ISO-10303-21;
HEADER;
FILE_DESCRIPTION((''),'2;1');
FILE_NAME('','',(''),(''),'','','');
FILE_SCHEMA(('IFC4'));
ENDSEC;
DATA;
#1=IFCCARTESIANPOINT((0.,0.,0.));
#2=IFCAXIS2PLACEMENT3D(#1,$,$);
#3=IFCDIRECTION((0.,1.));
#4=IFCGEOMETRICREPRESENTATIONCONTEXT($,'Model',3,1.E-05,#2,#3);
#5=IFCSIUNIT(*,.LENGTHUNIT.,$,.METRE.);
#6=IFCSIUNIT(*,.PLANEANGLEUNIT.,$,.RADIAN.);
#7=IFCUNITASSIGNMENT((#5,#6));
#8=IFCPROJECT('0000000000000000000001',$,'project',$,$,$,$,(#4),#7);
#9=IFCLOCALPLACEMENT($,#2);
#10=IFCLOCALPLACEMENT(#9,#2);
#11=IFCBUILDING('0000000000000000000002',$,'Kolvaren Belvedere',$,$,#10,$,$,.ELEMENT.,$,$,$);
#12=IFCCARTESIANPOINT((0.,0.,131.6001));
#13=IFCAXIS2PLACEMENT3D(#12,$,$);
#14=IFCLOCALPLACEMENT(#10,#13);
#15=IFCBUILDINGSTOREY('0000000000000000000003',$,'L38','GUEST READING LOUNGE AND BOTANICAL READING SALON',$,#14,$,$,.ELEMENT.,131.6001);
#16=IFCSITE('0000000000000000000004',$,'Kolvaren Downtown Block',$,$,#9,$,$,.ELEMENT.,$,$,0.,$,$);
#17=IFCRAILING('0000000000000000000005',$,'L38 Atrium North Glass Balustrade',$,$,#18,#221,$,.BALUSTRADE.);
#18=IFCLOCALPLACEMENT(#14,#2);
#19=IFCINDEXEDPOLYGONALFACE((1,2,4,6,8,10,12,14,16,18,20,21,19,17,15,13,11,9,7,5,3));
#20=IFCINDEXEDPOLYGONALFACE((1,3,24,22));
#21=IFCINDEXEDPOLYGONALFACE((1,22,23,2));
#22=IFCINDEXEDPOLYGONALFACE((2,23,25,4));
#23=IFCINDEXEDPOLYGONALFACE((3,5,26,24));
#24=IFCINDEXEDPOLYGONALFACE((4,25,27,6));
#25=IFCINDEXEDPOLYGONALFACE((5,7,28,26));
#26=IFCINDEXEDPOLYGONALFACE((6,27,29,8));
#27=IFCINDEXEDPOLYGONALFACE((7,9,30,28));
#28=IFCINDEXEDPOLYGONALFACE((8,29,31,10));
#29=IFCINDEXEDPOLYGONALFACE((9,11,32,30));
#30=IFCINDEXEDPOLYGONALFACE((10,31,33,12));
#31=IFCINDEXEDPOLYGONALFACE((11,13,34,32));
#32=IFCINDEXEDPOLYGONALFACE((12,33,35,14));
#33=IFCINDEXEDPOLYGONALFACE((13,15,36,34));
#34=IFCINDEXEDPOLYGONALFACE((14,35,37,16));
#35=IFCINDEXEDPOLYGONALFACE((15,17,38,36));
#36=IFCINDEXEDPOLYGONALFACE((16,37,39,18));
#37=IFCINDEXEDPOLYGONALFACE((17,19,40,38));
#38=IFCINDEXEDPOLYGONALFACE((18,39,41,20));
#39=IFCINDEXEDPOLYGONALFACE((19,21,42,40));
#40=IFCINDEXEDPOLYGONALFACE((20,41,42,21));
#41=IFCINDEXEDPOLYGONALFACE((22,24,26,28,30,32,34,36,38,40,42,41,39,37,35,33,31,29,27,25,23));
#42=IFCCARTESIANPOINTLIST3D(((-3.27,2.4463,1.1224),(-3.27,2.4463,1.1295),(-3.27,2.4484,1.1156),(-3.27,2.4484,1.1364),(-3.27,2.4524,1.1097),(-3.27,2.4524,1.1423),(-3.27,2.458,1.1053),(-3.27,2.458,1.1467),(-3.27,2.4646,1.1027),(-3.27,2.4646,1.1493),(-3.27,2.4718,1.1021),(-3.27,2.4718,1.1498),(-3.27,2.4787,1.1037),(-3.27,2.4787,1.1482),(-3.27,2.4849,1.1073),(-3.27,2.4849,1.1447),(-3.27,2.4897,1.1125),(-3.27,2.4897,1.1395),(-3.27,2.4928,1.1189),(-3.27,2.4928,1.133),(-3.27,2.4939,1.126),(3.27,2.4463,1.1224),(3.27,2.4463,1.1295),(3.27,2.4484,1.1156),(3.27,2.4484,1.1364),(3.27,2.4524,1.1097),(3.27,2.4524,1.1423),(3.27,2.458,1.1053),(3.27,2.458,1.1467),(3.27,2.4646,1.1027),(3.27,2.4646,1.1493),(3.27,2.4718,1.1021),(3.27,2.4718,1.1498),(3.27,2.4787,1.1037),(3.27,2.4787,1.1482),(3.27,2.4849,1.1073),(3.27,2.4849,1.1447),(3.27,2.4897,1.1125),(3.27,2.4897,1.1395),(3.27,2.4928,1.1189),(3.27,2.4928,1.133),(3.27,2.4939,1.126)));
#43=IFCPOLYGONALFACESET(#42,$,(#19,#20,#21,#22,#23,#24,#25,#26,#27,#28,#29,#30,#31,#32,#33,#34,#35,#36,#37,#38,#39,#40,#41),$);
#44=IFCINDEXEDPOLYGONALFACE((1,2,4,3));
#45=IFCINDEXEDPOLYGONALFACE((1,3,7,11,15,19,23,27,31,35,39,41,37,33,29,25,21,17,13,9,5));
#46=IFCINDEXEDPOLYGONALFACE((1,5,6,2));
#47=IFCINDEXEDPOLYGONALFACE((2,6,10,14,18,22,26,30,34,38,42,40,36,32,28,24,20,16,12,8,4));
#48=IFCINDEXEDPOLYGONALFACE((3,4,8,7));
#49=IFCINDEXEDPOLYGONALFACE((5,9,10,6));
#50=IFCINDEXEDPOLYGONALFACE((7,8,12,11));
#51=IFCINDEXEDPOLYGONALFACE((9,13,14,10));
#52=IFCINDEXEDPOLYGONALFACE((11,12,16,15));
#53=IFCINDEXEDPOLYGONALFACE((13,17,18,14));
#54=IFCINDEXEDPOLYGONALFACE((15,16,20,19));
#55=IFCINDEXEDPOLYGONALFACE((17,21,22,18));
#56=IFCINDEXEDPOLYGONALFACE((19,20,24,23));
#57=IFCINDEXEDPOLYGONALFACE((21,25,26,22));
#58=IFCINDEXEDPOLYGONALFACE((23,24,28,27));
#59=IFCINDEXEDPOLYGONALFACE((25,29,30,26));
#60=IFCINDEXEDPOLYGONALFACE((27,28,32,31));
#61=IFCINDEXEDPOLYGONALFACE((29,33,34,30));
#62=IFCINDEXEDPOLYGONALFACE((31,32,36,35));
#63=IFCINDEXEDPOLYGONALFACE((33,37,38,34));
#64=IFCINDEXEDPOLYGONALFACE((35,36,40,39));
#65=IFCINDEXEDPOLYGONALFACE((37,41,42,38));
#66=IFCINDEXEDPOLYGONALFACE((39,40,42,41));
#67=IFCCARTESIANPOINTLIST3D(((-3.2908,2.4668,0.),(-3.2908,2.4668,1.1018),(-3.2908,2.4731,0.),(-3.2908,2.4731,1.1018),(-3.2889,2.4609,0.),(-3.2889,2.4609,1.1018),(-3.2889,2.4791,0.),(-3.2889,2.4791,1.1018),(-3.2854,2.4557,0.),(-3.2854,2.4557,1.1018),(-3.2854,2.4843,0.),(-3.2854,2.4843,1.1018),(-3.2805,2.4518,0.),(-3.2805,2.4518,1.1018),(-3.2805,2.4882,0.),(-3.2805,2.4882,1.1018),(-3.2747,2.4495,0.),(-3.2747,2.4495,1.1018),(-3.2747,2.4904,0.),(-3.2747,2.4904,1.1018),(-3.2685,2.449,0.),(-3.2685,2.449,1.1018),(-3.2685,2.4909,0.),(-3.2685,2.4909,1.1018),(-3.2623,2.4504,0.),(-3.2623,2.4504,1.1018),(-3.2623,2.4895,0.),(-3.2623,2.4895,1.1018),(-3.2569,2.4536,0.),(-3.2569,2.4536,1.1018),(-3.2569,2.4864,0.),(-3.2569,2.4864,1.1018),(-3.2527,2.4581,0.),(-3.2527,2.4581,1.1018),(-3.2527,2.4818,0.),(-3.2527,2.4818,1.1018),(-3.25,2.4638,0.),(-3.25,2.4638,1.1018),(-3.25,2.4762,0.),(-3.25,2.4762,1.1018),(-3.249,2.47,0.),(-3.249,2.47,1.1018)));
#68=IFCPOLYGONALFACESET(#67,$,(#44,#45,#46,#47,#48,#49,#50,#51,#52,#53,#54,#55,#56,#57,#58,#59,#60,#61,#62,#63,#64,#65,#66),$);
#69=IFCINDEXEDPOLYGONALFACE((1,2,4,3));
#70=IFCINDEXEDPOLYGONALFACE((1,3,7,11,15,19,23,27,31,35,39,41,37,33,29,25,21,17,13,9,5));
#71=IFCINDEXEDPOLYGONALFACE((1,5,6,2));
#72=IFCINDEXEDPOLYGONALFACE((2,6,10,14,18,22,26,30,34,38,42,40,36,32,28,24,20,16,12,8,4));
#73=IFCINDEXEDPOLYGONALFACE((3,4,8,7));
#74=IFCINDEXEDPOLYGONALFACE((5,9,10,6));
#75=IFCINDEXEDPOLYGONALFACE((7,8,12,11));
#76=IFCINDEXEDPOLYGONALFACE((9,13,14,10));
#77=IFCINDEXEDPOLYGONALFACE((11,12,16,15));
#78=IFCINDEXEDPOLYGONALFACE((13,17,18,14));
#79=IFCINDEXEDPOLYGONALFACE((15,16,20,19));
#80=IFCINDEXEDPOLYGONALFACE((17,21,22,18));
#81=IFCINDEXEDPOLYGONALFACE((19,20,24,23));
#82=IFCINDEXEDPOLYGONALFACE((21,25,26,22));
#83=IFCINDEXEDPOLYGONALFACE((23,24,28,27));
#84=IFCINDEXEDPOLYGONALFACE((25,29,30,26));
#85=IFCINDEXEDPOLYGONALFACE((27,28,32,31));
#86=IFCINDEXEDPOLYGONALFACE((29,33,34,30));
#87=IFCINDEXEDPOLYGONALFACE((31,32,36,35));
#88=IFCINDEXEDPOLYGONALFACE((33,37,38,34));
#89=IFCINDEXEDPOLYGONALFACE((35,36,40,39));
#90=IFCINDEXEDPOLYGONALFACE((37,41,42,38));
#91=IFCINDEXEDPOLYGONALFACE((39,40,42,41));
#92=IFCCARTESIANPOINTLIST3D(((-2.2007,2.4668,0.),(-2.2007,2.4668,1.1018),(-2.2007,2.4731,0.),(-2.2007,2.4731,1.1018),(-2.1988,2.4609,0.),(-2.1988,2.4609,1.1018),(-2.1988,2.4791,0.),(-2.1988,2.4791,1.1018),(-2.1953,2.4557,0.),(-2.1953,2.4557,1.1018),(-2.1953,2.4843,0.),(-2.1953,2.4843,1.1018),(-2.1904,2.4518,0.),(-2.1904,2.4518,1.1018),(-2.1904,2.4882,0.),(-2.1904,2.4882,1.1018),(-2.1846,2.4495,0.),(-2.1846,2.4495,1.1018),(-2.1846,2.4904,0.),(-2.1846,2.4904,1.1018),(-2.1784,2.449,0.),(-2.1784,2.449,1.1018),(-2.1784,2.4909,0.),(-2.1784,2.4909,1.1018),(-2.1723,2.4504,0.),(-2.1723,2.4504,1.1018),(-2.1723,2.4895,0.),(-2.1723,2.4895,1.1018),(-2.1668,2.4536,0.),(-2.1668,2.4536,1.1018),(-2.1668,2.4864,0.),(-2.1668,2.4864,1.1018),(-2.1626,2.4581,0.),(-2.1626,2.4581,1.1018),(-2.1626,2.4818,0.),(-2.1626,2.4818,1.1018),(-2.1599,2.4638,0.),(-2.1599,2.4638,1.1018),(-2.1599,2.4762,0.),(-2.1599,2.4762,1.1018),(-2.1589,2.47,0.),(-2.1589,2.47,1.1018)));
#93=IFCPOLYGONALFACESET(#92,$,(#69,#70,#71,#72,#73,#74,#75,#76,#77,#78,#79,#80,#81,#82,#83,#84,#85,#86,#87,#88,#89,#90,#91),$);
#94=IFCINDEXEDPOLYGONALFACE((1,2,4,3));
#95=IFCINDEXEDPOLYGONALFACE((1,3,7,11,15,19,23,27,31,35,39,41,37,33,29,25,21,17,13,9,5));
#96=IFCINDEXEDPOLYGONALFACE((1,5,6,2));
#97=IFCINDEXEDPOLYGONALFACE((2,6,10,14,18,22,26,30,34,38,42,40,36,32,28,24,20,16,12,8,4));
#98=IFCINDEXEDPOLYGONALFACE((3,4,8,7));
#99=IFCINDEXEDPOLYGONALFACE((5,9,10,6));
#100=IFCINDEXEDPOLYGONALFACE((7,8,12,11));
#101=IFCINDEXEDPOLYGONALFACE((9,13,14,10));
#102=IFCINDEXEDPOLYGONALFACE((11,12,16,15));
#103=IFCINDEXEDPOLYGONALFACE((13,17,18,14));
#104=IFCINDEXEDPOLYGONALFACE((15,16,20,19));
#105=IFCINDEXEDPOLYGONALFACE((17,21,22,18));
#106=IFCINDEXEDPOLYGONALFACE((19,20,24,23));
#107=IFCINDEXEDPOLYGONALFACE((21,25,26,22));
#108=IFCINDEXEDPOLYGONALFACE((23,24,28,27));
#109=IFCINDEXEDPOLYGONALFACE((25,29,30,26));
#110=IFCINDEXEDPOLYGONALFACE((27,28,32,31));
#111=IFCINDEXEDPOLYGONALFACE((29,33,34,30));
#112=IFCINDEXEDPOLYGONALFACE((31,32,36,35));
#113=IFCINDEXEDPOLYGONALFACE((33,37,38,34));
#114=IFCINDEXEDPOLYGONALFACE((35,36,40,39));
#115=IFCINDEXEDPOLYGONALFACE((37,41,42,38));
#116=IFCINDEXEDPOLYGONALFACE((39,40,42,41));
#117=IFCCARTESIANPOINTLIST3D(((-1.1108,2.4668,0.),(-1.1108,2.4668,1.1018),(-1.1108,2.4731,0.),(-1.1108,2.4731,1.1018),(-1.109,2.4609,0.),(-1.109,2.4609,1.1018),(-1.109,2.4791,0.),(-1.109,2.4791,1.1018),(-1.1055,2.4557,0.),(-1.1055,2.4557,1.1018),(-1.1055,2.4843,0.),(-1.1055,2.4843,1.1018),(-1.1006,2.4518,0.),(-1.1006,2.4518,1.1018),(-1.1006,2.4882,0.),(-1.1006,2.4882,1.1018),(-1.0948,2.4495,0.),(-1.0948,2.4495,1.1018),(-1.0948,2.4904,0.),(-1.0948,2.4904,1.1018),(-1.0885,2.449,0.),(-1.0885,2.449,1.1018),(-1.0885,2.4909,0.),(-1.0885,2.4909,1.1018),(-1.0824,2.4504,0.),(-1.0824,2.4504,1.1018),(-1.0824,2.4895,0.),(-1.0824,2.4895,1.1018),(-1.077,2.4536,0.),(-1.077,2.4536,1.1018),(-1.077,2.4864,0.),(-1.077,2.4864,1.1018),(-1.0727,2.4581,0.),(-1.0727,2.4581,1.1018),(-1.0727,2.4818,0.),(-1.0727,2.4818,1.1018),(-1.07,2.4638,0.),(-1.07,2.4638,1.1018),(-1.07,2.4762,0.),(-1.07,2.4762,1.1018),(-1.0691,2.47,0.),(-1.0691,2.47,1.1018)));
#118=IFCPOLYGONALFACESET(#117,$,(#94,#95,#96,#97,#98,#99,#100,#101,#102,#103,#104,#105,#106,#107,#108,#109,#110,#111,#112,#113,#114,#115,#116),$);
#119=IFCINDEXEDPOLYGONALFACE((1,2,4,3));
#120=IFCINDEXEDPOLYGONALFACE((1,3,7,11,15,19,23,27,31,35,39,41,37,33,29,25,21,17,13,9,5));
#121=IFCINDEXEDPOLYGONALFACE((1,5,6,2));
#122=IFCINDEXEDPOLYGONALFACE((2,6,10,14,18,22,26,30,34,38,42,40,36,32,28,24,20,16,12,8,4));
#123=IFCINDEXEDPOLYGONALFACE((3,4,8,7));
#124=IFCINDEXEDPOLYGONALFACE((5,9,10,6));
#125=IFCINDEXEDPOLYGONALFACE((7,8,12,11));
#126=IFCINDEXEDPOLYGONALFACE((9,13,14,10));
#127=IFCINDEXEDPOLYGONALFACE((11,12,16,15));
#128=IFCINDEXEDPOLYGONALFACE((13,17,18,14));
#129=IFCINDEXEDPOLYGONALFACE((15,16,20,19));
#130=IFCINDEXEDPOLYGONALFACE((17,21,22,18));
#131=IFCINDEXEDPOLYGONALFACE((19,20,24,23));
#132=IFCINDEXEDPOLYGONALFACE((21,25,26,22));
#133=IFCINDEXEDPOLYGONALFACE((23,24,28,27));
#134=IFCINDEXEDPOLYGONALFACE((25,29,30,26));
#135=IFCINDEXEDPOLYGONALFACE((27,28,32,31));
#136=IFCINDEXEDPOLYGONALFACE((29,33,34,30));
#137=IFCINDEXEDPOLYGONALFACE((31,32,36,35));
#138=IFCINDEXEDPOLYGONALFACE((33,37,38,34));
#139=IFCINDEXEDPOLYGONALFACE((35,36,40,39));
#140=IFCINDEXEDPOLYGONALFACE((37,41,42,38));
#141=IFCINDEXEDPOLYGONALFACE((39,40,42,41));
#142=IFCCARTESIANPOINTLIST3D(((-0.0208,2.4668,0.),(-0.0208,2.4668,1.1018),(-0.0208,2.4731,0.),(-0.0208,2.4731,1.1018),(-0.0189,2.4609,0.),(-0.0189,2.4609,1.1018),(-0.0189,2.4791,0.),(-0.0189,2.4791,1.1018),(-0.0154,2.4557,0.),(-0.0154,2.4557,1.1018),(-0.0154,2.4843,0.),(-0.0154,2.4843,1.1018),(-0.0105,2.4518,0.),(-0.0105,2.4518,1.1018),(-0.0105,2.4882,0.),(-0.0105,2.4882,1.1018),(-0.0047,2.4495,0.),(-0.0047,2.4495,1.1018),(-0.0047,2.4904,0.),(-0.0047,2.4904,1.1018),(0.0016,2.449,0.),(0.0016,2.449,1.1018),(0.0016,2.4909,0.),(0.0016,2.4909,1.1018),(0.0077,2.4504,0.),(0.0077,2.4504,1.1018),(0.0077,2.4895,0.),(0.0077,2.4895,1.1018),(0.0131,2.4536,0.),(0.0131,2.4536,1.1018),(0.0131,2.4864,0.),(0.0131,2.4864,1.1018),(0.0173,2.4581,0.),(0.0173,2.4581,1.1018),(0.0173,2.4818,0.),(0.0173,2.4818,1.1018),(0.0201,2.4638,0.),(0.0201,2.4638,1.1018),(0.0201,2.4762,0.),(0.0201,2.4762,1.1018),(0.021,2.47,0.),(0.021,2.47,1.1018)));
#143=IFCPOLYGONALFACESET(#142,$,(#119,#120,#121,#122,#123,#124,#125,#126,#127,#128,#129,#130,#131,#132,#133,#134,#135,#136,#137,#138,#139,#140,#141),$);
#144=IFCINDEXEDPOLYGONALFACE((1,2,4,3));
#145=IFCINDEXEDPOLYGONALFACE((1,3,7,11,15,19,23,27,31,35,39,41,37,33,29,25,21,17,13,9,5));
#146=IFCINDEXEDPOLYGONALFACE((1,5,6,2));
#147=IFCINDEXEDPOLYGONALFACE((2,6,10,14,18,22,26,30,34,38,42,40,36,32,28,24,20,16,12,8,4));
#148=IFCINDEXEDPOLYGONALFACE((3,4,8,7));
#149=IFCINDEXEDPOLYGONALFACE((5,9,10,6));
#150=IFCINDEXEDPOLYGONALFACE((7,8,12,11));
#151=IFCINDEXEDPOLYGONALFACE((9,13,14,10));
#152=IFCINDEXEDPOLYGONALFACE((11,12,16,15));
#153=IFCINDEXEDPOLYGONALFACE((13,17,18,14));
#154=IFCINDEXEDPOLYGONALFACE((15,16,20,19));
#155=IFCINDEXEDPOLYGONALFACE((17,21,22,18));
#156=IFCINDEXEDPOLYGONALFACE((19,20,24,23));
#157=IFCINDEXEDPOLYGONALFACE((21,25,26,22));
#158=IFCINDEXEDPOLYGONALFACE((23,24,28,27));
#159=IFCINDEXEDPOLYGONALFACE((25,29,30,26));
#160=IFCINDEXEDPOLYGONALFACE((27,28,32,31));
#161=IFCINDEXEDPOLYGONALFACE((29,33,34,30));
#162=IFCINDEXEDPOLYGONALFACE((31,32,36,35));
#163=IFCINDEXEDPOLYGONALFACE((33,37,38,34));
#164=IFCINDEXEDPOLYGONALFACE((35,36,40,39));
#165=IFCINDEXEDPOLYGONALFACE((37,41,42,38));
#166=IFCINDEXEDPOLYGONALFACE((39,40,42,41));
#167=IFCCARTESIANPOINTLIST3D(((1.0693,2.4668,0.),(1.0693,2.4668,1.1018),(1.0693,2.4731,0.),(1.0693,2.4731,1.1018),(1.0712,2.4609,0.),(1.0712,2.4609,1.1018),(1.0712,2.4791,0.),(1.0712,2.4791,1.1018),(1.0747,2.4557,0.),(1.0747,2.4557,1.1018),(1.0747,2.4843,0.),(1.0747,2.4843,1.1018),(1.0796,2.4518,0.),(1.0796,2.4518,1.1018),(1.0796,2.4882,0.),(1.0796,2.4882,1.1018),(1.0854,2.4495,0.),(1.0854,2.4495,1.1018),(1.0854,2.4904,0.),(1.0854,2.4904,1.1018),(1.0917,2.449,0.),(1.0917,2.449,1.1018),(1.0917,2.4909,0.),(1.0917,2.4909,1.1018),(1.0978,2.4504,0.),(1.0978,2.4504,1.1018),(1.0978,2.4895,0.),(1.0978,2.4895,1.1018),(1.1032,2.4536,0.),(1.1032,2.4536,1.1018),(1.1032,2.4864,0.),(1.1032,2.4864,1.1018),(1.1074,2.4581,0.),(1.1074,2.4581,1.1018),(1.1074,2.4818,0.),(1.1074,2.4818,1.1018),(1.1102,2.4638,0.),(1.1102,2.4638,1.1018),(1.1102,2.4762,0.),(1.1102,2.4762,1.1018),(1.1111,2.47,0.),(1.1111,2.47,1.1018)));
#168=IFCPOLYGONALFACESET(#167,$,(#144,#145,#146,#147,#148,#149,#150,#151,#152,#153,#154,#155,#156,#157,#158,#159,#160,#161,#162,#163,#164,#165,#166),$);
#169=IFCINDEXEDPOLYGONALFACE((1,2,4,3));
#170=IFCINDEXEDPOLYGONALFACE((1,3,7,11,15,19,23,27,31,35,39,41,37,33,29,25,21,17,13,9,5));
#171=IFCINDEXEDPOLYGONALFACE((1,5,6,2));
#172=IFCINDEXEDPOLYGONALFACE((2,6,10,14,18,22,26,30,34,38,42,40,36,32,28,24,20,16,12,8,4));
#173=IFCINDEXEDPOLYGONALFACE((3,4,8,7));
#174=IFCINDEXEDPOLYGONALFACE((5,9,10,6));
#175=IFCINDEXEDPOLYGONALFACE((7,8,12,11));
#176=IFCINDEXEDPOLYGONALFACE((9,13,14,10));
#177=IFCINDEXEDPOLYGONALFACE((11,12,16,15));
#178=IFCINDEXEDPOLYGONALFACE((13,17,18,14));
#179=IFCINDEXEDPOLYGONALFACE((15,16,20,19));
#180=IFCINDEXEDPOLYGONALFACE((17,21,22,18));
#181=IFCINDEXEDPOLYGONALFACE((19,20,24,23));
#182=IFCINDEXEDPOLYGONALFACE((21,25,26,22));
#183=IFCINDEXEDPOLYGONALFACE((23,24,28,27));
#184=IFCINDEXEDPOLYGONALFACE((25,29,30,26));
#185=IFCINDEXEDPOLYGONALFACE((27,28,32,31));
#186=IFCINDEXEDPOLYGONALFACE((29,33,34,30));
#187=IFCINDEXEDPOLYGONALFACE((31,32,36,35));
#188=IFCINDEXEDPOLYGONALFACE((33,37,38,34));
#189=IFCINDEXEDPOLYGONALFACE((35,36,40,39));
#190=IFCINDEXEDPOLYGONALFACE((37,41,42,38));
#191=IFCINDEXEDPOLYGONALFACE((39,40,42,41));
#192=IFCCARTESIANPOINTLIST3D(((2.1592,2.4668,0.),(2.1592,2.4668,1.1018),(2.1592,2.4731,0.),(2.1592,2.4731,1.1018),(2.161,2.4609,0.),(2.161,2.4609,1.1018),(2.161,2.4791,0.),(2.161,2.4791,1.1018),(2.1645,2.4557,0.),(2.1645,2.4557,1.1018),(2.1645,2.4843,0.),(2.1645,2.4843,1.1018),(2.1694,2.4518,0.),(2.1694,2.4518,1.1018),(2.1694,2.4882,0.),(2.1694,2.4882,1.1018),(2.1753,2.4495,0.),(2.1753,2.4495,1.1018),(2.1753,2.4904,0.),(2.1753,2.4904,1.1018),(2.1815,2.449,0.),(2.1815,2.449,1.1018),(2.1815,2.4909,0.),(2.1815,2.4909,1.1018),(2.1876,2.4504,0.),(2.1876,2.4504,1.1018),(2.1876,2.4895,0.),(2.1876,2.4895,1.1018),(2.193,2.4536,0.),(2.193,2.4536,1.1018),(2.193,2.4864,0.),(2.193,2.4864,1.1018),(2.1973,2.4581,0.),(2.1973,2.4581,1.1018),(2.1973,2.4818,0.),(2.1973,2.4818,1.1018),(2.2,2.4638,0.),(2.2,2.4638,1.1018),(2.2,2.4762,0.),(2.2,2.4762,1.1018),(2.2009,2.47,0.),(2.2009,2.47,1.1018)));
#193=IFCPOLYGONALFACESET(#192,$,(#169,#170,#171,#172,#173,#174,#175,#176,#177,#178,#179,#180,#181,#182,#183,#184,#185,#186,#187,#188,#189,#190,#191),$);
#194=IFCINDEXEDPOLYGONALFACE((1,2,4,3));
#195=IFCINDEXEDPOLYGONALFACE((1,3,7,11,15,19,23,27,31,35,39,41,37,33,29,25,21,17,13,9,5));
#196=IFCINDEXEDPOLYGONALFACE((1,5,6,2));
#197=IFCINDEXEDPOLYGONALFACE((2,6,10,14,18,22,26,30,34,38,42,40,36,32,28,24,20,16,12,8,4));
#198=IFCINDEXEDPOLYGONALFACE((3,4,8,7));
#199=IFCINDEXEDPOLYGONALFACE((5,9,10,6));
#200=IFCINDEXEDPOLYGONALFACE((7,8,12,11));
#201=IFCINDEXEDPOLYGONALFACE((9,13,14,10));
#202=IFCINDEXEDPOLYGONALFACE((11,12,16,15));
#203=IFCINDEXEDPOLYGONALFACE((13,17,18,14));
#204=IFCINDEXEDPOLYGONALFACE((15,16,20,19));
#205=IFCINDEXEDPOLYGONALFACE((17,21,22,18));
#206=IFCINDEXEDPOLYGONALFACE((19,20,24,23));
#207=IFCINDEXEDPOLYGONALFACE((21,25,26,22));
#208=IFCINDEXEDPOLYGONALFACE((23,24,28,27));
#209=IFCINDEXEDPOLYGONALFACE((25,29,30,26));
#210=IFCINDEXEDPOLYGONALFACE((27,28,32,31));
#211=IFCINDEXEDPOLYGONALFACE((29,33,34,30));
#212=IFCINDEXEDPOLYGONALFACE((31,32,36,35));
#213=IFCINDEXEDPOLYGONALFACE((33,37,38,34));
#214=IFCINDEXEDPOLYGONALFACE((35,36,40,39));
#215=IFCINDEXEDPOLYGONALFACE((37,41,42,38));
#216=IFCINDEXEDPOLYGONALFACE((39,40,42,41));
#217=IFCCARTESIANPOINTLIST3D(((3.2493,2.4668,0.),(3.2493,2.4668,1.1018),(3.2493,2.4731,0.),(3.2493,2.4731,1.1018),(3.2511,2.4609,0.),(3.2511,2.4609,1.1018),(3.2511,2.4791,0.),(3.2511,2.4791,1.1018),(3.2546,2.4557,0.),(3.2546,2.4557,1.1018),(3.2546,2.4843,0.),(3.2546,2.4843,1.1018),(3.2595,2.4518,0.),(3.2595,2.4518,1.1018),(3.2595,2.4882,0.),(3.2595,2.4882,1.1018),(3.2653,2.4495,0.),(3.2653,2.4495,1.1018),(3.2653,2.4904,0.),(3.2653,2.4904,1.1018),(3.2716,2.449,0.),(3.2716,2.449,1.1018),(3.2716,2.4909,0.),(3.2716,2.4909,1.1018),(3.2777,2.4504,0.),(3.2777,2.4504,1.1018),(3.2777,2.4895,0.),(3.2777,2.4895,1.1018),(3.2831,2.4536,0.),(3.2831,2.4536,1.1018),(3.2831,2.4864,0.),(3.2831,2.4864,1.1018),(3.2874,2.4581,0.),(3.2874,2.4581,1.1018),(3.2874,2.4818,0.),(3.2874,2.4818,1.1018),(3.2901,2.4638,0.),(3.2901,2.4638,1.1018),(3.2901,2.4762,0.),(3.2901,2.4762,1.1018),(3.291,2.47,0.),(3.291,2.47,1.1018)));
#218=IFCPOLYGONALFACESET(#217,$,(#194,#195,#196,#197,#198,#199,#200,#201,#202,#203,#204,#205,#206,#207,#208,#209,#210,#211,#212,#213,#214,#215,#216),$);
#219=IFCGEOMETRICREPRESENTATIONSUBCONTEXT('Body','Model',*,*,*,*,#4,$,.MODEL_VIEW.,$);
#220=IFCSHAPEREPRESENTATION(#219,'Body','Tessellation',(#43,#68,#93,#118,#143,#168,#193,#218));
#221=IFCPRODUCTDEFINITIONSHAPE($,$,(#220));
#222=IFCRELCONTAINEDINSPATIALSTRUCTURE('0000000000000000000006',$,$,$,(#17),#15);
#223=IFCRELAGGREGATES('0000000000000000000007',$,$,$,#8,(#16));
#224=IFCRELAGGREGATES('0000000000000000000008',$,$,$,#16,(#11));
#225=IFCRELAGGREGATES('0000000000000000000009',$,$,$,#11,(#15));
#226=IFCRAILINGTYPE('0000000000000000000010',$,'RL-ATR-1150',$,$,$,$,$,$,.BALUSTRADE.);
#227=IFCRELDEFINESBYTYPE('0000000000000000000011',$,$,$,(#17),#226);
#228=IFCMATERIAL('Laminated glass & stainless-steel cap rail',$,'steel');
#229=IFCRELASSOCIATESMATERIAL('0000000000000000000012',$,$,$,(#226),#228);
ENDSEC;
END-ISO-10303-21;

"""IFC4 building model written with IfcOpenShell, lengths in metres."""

from ifc_helpers import new_model, si_unit, direction, frame, origin, origin_2d, place, context, subcontext, project, spatial, circle, extrude, material, type_object, element, save


model = new_model("IFC4")

# Units and contexts
model_context = context("Model", 3, precision=1e-05, world=origin(), true_north=direction((0.0, 1.0)))
body_context = subcontext(model_context, "Body", "Model", "MODEL_VIEW")
ifc_project = project(units=[si_unit("LENGTHUNIT", "METRE"), si_unit("PLANEANGLEUNIT", "RADIAN")], contexts=[model_context])

# Site, building, storey
site_placement = place(None, origin())
site = spatial("IfcSite", under=ifc_project, at=site_placement, Name="Kolvaren Downtown Block", CompositionType="ELEMENT", RefElevation=0.0)
building_placement = place(site_placement, origin())
building = spatial("IfcBuilding", under=site, at=building_placement, Name="Kolvaren Belvedere", CompositionType="ELEMENT")
storey_placement = place(building_placement, frame((0.0, 0.0, 131.6001)))
storey = spatial("IfcBuildingStorey", under=building, at=storey_placement, Name="L38", Description="GUEST READING LOUNGE AND BOTANICAL READING SALON", CompositionType="ELEMENT", Elevation=131.6001)

# Railing
ifc_material_1 = material(Name="Laminated glass & stainless-steel cap rail", Category="steel")
railing_type_1 = type_object("IfcRailingType", Name="RL-ATR-1150", PredefinedType="BALUSTRADE", material=ifc_material_1)
railing_1_placement = place(storey_placement, frame((-3.27, 2.47, 0.0)))
element("IfcRailing", 1, at=railing_1_placement, inside=storey, type_object=railing_type_1, Name="L38 Atrium North Glass Balustrade", PredefinedType="BALUSTRADE", context=body_context, shape_type="SweptSolid", body=[
    extrude(circle(Radius=0.0239, at=origin_2d()), frame((0.0, 0.0, 1.126), z_axis=(1.0, 0.0, 0.0), x_axis=(0.0, 1.0, 0.0)), (0.0, 0.0, 1.0), 6.54),
    extrude(circle(Radius=0.021, at=origin_2d()), origin(), (0.0, 0.0, 1.0), 1.1018),
    extrude(circle(Radius=0.021, at=origin_2d()), frame((1.0901, 0.0, 0.0)), (0.0, 0.0, 1.0), 1.1018),
    extrude(circle(Radius=0.021, at=origin_2d()), frame((2.1799, 0.0, 0.0)), (0.0, 0.0, 1.0), 1.1018),
    extrude(circle(Radius=0.021, at=origin_2d()), frame((3.27, 0.0, 0.0)), (0.0, 0.0, 1.0), 1.1018),
    extrude(circle(Radius=0.021, at=origin_2d()), frame((4.3601, 0.0, 0.0)), (0.0, 0.0, 1.0), 1.1018),
    extrude(circle(Radius=0.021, at=origin_2d()), frame((5.45, 0.0, 0.0)), (0.0, 0.0, 1.0), 1.1018),
    extrude(circle(Radius=0.021, at=origin_2d()), frame((6.54, 0.0, 0.0)), (0.0, 0.0, 1.0), 1.1018),
])

save(model, "model.ifc")
